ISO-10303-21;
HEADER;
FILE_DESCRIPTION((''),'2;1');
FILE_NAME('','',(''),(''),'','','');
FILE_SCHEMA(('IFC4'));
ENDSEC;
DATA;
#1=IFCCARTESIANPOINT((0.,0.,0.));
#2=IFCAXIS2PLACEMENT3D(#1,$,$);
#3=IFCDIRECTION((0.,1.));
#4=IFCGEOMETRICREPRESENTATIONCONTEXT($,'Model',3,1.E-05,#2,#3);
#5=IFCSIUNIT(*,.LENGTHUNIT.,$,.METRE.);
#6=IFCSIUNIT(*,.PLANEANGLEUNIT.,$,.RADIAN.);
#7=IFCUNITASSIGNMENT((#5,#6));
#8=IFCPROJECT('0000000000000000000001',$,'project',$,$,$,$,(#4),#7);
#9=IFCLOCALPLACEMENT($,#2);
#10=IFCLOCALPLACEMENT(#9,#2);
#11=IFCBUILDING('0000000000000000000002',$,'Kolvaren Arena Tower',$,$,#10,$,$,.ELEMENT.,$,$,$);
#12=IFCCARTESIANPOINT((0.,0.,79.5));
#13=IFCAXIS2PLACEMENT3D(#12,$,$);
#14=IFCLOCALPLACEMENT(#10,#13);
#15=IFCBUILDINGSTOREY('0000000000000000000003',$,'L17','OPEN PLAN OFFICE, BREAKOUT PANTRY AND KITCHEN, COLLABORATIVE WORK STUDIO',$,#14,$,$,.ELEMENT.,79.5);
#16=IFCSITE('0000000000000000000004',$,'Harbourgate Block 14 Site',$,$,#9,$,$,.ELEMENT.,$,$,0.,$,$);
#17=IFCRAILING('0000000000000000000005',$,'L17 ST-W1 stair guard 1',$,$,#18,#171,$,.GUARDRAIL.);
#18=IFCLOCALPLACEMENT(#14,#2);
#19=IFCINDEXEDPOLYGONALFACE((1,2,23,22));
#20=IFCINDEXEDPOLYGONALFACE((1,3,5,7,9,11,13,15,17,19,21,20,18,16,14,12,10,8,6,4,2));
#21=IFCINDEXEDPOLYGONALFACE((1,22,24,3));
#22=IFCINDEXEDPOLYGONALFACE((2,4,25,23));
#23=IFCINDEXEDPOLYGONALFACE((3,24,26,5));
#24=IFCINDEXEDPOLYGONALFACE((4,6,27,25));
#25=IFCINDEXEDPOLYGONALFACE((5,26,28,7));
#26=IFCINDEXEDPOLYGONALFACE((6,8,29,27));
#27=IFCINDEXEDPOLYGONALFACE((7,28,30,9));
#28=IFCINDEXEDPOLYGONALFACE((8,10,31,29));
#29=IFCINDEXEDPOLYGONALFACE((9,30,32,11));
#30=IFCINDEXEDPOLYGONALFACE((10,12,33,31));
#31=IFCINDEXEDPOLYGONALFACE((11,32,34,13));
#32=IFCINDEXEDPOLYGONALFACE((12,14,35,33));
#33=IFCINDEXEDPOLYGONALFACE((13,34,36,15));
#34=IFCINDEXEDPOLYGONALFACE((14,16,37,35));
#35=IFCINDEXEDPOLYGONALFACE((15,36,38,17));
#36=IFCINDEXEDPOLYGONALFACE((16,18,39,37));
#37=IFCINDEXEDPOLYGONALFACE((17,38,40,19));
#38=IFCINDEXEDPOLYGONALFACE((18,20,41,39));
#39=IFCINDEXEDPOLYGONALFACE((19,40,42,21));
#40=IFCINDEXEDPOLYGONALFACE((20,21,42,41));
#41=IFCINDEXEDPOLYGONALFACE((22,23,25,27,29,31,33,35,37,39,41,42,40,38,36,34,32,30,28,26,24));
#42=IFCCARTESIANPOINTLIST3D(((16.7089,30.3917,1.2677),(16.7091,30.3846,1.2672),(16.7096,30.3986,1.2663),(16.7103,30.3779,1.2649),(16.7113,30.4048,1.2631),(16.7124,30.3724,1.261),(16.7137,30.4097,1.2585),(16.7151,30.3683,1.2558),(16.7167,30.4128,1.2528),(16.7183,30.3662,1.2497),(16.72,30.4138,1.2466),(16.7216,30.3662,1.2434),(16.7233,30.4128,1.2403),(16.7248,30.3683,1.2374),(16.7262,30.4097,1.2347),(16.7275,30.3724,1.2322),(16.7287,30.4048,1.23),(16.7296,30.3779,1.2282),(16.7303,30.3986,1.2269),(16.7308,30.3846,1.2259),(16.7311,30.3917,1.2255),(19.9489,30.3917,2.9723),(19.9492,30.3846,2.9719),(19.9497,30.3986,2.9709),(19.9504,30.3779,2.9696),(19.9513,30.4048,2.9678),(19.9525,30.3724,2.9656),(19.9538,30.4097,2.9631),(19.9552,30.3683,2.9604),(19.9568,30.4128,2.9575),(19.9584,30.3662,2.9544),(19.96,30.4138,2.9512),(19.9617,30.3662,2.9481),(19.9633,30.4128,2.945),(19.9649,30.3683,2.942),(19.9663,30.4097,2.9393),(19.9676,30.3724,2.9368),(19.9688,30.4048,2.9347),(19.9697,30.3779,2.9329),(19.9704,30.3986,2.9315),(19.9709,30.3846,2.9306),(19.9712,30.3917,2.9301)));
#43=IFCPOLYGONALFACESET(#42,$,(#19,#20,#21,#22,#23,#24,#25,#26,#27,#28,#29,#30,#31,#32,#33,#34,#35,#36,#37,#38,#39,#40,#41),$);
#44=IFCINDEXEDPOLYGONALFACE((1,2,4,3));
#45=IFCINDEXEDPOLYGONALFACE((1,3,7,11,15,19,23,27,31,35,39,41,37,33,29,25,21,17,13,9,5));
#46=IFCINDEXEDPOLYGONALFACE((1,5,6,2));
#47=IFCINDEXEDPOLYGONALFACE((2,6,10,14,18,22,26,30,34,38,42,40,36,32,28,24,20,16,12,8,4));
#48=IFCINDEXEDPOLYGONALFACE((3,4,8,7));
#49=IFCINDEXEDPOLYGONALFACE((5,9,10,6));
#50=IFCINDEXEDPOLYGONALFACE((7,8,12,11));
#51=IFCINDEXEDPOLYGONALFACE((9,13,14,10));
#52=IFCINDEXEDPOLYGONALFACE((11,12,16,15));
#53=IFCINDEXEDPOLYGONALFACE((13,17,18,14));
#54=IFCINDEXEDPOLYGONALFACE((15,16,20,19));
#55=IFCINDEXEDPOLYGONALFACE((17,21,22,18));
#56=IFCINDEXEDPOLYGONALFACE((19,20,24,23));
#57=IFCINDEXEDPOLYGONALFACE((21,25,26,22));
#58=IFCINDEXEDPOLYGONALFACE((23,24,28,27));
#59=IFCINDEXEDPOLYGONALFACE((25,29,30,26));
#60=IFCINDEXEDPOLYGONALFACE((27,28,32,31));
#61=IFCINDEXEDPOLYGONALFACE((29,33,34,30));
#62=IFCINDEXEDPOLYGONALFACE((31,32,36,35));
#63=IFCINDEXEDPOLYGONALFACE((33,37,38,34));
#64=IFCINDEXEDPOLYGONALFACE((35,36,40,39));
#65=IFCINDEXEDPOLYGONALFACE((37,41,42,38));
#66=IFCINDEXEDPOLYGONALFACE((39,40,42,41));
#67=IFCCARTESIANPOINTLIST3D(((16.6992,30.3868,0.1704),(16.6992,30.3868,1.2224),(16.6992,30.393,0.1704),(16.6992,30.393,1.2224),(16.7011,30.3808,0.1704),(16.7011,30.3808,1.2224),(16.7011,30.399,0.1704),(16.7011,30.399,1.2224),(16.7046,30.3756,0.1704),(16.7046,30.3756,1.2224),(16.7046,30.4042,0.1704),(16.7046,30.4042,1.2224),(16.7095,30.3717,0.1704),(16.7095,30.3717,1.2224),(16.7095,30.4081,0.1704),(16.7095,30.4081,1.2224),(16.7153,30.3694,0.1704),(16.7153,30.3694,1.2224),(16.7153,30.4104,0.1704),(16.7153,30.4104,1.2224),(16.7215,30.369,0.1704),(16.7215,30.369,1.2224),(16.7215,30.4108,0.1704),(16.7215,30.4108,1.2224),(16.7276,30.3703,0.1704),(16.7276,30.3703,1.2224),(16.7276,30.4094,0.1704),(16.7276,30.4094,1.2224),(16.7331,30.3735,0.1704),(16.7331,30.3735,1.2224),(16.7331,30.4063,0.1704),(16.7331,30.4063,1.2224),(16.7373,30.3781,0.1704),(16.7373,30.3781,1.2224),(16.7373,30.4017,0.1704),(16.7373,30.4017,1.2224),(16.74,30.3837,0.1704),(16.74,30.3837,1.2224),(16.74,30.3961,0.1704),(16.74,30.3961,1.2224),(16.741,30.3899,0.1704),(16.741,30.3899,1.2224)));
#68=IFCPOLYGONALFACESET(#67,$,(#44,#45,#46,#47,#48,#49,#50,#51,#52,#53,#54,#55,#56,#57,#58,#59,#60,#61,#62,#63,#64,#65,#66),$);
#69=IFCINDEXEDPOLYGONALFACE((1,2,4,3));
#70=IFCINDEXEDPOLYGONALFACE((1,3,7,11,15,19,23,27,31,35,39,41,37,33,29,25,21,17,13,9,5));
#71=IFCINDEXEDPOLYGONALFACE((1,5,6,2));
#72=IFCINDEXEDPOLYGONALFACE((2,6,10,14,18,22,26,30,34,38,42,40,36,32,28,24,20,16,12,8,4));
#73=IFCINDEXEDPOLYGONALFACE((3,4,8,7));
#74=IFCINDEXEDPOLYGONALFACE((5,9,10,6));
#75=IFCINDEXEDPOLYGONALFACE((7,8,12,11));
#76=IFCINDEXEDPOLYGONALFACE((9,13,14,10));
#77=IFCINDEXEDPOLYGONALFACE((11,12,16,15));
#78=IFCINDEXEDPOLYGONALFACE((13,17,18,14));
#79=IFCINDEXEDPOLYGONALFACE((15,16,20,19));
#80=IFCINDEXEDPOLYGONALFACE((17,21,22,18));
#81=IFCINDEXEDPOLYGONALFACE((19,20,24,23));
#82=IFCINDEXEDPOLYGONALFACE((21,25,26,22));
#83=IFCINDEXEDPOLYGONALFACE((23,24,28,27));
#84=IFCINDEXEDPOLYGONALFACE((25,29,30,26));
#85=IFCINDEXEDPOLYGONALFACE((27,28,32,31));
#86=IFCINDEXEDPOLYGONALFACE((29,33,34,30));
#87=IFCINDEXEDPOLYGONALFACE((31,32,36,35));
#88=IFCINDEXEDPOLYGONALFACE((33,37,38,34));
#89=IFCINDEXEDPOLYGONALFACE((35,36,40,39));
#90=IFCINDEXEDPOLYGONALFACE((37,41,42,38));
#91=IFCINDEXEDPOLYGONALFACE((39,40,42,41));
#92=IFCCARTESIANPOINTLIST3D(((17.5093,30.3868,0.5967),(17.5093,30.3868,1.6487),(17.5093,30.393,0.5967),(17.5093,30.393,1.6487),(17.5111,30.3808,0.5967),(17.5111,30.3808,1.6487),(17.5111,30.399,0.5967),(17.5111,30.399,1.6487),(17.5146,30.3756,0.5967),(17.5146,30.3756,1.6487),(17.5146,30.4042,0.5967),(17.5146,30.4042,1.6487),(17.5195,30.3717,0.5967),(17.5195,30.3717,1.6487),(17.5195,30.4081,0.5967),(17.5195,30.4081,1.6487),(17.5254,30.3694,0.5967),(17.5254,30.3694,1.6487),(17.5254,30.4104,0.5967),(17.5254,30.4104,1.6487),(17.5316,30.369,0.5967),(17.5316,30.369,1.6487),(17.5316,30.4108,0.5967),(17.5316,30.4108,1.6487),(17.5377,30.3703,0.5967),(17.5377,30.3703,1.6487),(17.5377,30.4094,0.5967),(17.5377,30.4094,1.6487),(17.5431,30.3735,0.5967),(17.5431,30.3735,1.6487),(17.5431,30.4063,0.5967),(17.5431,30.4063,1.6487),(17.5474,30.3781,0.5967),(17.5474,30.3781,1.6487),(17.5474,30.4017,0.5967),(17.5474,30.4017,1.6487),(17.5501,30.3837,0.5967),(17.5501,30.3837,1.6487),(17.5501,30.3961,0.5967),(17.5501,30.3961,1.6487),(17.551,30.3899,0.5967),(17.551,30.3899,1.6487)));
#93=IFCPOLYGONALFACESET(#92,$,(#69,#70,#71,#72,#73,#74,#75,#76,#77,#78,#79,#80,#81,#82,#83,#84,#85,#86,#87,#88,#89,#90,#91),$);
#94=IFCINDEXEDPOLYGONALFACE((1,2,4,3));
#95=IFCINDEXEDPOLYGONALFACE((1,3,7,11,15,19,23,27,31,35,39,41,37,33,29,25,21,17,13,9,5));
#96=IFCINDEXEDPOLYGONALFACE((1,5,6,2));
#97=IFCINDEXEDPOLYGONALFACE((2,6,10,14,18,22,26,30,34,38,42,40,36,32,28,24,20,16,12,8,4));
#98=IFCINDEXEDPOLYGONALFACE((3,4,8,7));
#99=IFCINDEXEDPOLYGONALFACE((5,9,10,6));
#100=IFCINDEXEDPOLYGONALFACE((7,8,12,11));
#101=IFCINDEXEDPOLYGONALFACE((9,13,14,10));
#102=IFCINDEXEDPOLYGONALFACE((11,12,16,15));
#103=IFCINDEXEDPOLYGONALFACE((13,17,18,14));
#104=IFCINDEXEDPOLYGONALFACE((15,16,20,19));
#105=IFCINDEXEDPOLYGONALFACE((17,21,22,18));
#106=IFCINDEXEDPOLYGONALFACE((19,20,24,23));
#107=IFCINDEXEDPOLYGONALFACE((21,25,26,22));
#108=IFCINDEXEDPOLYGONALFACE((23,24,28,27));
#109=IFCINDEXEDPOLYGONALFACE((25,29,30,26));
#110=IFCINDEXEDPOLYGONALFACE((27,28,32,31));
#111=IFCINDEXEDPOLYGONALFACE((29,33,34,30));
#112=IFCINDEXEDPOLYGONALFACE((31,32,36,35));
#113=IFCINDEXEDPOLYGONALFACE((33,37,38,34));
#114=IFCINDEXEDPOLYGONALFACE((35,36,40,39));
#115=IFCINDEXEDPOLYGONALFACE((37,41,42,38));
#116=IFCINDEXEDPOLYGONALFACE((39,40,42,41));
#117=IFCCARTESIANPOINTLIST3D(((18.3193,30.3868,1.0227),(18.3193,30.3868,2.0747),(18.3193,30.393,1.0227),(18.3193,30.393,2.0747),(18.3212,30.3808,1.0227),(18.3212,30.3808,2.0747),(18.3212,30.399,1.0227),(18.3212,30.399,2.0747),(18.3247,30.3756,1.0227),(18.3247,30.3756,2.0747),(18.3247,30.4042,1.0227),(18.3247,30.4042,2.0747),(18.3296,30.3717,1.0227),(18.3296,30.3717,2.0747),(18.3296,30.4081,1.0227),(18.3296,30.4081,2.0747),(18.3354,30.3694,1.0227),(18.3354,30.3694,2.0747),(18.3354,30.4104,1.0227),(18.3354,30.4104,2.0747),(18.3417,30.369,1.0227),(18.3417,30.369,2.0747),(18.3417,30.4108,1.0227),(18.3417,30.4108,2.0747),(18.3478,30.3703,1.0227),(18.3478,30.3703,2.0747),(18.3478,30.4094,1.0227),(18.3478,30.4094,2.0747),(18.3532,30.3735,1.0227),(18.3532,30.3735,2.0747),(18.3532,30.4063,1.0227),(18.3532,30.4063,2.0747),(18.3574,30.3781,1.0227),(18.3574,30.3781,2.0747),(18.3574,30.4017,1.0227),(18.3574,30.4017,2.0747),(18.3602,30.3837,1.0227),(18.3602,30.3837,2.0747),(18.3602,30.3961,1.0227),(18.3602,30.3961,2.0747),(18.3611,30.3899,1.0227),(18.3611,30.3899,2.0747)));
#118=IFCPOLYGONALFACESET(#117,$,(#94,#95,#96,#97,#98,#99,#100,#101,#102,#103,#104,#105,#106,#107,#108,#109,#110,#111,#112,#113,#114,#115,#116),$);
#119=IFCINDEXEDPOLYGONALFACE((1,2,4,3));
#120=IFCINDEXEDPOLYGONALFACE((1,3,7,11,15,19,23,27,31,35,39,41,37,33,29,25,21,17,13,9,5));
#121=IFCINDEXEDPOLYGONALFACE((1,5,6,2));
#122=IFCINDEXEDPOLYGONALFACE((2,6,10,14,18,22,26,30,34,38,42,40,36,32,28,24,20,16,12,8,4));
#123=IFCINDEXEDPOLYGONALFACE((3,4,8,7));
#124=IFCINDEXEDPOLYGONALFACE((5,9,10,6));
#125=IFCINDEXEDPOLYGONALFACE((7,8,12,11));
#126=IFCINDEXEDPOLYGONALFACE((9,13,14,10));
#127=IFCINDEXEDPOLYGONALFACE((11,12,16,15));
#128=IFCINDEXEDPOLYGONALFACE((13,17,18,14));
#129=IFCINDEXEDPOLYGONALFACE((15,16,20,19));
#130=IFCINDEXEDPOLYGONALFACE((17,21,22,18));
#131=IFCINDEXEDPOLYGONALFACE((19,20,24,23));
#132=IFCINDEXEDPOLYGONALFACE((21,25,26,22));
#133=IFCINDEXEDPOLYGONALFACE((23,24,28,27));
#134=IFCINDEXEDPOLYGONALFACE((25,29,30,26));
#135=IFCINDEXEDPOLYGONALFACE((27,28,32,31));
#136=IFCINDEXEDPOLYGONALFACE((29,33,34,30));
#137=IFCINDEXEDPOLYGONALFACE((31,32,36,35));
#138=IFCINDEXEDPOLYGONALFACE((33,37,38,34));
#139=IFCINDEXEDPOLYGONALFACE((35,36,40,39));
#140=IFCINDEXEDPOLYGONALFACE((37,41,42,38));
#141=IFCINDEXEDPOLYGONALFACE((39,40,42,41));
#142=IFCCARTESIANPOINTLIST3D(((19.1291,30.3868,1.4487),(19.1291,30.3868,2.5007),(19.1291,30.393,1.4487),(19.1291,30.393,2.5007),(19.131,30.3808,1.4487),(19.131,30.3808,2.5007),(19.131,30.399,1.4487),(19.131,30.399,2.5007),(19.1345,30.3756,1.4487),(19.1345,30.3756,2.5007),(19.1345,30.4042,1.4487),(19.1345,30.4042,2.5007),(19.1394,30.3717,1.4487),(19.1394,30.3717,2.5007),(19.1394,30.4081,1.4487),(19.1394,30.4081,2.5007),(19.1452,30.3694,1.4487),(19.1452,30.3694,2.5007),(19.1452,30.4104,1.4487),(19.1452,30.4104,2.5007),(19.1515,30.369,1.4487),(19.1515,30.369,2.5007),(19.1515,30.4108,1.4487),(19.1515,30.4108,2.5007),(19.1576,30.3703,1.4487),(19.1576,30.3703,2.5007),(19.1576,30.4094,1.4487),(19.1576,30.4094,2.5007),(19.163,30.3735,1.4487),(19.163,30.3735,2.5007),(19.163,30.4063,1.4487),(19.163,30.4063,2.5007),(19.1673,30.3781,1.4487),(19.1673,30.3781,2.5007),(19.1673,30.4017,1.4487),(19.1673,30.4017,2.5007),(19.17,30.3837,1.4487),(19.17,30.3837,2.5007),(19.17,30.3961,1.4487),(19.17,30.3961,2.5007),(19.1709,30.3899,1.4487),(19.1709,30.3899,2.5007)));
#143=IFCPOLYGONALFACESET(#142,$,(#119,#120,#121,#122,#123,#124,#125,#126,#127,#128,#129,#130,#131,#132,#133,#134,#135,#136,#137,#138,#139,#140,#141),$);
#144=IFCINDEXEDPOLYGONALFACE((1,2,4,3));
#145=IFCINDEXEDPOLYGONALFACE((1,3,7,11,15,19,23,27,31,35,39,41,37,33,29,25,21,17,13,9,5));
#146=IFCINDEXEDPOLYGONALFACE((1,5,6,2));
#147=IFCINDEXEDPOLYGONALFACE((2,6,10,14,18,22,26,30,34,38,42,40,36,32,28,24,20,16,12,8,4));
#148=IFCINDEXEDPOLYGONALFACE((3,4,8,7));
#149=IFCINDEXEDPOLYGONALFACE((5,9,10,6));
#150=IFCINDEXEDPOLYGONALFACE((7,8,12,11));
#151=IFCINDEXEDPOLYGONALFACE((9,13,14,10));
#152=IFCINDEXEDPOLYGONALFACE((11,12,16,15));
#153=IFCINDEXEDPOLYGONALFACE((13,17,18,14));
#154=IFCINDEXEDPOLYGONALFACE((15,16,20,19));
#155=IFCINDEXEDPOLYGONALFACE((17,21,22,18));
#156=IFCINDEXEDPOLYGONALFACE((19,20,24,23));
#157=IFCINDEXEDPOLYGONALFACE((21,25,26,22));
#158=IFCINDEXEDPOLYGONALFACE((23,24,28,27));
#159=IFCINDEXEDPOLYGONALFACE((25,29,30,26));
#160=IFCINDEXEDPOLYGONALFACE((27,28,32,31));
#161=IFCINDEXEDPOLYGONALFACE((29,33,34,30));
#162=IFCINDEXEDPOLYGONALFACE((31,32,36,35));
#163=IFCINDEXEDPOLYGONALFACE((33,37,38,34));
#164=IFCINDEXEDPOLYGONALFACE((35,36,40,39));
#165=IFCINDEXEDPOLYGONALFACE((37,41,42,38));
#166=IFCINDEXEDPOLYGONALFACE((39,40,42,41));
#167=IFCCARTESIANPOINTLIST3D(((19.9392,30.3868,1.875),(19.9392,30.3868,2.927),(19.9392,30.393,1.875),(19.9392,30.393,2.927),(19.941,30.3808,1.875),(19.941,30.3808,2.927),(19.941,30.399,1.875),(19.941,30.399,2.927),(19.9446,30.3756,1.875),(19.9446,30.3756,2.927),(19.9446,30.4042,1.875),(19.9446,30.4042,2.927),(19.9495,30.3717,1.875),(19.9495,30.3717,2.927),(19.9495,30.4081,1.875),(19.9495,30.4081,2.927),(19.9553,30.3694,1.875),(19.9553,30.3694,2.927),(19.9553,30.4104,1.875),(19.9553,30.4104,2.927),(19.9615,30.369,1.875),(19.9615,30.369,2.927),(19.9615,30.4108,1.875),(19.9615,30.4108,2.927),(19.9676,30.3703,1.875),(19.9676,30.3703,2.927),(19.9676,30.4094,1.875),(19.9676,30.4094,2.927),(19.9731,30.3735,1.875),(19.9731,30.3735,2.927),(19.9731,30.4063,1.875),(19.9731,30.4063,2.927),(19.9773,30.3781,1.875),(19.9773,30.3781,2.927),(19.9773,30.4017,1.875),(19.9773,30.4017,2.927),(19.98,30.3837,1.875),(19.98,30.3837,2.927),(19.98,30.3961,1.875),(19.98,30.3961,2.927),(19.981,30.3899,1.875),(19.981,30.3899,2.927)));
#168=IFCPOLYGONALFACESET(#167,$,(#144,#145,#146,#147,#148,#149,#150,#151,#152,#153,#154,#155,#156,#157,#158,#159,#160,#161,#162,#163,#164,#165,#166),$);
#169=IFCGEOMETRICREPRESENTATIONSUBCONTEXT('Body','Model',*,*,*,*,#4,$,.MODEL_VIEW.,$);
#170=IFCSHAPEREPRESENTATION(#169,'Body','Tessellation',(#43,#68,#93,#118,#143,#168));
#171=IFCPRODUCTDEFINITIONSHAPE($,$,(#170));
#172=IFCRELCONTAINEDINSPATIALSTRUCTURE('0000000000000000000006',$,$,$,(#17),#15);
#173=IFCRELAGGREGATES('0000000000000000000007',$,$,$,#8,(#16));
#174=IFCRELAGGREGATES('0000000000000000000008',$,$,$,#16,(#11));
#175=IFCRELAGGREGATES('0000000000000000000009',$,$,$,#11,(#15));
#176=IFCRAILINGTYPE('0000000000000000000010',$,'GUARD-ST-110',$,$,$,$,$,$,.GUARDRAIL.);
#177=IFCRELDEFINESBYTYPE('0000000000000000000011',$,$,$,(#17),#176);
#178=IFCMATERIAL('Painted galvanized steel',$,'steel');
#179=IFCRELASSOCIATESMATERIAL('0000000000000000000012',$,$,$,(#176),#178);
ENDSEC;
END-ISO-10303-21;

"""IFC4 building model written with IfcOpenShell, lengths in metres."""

from ifc_helpers import new_model, si_unit, direction, frame, origin, origin_2d, place, context, subcontext, project, spatial, circle, extrude, material, type_object, element, save


model = new_model("IFC4")

# Units and contexts
model_context = context("Model", 3, precision=1e-05, world=origin(), true_north=direction((0.0, 1.0)))
body_context = subcontext(model_context, "Body", "Model", "MODEL_VIEW")
ifc_project = project(units=[si_unit("LENGTHUNIT", "METRE"), si_unit("PLANEANGLEUNIT", "RADIAN")], contexts=[model_context])

# Site, building, storey
site_placement = place(None, origin())
site = spatial("IfcSite", under=ifc_project, at=site_placement, Name="Harbourgate Block 14 Site", CompositionType="ELEMENT", RefElevation=0.0)
building_placement = place(site_placement, origin())
building = spatial("IfcBuilding", under=site, at=building_placement, Name="Kolvaren Arena Tower", CompositionType="ELEMENT")
storey_placement = place(building_placement, frame((0.0, 0.0, 79.5)))
storey = spatial("IfcBuildingStorey", under=building, at=storey_placement, Name="L17", Description="OPEN PLAN OFFICE, BREAKOUT PANTRY AND KITCHEN, COLLABORATIVE WORK STUDIO", CompositionType="ELEMENT", Elevation=79.5)

# Railing
ifc_material_1 = material(Name="Painted galvanized steel", Category="steel")
railing_type = type_object("IfcRailingType", Name="GUARD-ST-110", PredefinedType="GUARDRAIL", material=ifc_material_1)
railing_1_placement = place(storey_placement, frame((16.72, 30.3899, 0.1704)))
element("IfcRailing", 1, at=railing_1_placement, inside=storey, type_object=railing_type, Name="L17 ST-W1 stair guard 1", PredefinedType="GUARDRAIL", context=body_context, shape_type="SweptSolid", body=[
    extrude(circle(Radius=0.0239, at=origin_2d()), frame((0.0, 0.0, 1.0762), z_axis=(0.884993, 0.0, 0.465604), x_axis=(0.0, 1.0, 0.0)), (0.0, 0.0, 1.0), 3.6611),
    extrude(circle(Radius=0.021, at=origin_2d()), origin(), (0.0, 0.0, 1.0), 1.052),
    extrude(circle(Radius=0.021, at=origin_2d()), frame((0.8101, 0.0, 0.4263)), (0.0, 0.0, 1.0), 1.052),
    extrude(circle(Radius=0.021, at=origin_2d()), frame((1.6201, 0.0, 0.8523)), (0.0, 0.0, 1.0), 1.052),
    extrude(circle(Radius=0.021, at=origin_2d()), frame((2.4299, 0.0, 1.2783)), (0.0, 0.0, 1.0), 1.052),
    extrude(circle(Radius=0.021, at=origin_2d()), frame((3.24, 0.0, 1.7046)), (0.0, 0.0, 1.0), 1.052),
])

save(model, "model.ifc")
